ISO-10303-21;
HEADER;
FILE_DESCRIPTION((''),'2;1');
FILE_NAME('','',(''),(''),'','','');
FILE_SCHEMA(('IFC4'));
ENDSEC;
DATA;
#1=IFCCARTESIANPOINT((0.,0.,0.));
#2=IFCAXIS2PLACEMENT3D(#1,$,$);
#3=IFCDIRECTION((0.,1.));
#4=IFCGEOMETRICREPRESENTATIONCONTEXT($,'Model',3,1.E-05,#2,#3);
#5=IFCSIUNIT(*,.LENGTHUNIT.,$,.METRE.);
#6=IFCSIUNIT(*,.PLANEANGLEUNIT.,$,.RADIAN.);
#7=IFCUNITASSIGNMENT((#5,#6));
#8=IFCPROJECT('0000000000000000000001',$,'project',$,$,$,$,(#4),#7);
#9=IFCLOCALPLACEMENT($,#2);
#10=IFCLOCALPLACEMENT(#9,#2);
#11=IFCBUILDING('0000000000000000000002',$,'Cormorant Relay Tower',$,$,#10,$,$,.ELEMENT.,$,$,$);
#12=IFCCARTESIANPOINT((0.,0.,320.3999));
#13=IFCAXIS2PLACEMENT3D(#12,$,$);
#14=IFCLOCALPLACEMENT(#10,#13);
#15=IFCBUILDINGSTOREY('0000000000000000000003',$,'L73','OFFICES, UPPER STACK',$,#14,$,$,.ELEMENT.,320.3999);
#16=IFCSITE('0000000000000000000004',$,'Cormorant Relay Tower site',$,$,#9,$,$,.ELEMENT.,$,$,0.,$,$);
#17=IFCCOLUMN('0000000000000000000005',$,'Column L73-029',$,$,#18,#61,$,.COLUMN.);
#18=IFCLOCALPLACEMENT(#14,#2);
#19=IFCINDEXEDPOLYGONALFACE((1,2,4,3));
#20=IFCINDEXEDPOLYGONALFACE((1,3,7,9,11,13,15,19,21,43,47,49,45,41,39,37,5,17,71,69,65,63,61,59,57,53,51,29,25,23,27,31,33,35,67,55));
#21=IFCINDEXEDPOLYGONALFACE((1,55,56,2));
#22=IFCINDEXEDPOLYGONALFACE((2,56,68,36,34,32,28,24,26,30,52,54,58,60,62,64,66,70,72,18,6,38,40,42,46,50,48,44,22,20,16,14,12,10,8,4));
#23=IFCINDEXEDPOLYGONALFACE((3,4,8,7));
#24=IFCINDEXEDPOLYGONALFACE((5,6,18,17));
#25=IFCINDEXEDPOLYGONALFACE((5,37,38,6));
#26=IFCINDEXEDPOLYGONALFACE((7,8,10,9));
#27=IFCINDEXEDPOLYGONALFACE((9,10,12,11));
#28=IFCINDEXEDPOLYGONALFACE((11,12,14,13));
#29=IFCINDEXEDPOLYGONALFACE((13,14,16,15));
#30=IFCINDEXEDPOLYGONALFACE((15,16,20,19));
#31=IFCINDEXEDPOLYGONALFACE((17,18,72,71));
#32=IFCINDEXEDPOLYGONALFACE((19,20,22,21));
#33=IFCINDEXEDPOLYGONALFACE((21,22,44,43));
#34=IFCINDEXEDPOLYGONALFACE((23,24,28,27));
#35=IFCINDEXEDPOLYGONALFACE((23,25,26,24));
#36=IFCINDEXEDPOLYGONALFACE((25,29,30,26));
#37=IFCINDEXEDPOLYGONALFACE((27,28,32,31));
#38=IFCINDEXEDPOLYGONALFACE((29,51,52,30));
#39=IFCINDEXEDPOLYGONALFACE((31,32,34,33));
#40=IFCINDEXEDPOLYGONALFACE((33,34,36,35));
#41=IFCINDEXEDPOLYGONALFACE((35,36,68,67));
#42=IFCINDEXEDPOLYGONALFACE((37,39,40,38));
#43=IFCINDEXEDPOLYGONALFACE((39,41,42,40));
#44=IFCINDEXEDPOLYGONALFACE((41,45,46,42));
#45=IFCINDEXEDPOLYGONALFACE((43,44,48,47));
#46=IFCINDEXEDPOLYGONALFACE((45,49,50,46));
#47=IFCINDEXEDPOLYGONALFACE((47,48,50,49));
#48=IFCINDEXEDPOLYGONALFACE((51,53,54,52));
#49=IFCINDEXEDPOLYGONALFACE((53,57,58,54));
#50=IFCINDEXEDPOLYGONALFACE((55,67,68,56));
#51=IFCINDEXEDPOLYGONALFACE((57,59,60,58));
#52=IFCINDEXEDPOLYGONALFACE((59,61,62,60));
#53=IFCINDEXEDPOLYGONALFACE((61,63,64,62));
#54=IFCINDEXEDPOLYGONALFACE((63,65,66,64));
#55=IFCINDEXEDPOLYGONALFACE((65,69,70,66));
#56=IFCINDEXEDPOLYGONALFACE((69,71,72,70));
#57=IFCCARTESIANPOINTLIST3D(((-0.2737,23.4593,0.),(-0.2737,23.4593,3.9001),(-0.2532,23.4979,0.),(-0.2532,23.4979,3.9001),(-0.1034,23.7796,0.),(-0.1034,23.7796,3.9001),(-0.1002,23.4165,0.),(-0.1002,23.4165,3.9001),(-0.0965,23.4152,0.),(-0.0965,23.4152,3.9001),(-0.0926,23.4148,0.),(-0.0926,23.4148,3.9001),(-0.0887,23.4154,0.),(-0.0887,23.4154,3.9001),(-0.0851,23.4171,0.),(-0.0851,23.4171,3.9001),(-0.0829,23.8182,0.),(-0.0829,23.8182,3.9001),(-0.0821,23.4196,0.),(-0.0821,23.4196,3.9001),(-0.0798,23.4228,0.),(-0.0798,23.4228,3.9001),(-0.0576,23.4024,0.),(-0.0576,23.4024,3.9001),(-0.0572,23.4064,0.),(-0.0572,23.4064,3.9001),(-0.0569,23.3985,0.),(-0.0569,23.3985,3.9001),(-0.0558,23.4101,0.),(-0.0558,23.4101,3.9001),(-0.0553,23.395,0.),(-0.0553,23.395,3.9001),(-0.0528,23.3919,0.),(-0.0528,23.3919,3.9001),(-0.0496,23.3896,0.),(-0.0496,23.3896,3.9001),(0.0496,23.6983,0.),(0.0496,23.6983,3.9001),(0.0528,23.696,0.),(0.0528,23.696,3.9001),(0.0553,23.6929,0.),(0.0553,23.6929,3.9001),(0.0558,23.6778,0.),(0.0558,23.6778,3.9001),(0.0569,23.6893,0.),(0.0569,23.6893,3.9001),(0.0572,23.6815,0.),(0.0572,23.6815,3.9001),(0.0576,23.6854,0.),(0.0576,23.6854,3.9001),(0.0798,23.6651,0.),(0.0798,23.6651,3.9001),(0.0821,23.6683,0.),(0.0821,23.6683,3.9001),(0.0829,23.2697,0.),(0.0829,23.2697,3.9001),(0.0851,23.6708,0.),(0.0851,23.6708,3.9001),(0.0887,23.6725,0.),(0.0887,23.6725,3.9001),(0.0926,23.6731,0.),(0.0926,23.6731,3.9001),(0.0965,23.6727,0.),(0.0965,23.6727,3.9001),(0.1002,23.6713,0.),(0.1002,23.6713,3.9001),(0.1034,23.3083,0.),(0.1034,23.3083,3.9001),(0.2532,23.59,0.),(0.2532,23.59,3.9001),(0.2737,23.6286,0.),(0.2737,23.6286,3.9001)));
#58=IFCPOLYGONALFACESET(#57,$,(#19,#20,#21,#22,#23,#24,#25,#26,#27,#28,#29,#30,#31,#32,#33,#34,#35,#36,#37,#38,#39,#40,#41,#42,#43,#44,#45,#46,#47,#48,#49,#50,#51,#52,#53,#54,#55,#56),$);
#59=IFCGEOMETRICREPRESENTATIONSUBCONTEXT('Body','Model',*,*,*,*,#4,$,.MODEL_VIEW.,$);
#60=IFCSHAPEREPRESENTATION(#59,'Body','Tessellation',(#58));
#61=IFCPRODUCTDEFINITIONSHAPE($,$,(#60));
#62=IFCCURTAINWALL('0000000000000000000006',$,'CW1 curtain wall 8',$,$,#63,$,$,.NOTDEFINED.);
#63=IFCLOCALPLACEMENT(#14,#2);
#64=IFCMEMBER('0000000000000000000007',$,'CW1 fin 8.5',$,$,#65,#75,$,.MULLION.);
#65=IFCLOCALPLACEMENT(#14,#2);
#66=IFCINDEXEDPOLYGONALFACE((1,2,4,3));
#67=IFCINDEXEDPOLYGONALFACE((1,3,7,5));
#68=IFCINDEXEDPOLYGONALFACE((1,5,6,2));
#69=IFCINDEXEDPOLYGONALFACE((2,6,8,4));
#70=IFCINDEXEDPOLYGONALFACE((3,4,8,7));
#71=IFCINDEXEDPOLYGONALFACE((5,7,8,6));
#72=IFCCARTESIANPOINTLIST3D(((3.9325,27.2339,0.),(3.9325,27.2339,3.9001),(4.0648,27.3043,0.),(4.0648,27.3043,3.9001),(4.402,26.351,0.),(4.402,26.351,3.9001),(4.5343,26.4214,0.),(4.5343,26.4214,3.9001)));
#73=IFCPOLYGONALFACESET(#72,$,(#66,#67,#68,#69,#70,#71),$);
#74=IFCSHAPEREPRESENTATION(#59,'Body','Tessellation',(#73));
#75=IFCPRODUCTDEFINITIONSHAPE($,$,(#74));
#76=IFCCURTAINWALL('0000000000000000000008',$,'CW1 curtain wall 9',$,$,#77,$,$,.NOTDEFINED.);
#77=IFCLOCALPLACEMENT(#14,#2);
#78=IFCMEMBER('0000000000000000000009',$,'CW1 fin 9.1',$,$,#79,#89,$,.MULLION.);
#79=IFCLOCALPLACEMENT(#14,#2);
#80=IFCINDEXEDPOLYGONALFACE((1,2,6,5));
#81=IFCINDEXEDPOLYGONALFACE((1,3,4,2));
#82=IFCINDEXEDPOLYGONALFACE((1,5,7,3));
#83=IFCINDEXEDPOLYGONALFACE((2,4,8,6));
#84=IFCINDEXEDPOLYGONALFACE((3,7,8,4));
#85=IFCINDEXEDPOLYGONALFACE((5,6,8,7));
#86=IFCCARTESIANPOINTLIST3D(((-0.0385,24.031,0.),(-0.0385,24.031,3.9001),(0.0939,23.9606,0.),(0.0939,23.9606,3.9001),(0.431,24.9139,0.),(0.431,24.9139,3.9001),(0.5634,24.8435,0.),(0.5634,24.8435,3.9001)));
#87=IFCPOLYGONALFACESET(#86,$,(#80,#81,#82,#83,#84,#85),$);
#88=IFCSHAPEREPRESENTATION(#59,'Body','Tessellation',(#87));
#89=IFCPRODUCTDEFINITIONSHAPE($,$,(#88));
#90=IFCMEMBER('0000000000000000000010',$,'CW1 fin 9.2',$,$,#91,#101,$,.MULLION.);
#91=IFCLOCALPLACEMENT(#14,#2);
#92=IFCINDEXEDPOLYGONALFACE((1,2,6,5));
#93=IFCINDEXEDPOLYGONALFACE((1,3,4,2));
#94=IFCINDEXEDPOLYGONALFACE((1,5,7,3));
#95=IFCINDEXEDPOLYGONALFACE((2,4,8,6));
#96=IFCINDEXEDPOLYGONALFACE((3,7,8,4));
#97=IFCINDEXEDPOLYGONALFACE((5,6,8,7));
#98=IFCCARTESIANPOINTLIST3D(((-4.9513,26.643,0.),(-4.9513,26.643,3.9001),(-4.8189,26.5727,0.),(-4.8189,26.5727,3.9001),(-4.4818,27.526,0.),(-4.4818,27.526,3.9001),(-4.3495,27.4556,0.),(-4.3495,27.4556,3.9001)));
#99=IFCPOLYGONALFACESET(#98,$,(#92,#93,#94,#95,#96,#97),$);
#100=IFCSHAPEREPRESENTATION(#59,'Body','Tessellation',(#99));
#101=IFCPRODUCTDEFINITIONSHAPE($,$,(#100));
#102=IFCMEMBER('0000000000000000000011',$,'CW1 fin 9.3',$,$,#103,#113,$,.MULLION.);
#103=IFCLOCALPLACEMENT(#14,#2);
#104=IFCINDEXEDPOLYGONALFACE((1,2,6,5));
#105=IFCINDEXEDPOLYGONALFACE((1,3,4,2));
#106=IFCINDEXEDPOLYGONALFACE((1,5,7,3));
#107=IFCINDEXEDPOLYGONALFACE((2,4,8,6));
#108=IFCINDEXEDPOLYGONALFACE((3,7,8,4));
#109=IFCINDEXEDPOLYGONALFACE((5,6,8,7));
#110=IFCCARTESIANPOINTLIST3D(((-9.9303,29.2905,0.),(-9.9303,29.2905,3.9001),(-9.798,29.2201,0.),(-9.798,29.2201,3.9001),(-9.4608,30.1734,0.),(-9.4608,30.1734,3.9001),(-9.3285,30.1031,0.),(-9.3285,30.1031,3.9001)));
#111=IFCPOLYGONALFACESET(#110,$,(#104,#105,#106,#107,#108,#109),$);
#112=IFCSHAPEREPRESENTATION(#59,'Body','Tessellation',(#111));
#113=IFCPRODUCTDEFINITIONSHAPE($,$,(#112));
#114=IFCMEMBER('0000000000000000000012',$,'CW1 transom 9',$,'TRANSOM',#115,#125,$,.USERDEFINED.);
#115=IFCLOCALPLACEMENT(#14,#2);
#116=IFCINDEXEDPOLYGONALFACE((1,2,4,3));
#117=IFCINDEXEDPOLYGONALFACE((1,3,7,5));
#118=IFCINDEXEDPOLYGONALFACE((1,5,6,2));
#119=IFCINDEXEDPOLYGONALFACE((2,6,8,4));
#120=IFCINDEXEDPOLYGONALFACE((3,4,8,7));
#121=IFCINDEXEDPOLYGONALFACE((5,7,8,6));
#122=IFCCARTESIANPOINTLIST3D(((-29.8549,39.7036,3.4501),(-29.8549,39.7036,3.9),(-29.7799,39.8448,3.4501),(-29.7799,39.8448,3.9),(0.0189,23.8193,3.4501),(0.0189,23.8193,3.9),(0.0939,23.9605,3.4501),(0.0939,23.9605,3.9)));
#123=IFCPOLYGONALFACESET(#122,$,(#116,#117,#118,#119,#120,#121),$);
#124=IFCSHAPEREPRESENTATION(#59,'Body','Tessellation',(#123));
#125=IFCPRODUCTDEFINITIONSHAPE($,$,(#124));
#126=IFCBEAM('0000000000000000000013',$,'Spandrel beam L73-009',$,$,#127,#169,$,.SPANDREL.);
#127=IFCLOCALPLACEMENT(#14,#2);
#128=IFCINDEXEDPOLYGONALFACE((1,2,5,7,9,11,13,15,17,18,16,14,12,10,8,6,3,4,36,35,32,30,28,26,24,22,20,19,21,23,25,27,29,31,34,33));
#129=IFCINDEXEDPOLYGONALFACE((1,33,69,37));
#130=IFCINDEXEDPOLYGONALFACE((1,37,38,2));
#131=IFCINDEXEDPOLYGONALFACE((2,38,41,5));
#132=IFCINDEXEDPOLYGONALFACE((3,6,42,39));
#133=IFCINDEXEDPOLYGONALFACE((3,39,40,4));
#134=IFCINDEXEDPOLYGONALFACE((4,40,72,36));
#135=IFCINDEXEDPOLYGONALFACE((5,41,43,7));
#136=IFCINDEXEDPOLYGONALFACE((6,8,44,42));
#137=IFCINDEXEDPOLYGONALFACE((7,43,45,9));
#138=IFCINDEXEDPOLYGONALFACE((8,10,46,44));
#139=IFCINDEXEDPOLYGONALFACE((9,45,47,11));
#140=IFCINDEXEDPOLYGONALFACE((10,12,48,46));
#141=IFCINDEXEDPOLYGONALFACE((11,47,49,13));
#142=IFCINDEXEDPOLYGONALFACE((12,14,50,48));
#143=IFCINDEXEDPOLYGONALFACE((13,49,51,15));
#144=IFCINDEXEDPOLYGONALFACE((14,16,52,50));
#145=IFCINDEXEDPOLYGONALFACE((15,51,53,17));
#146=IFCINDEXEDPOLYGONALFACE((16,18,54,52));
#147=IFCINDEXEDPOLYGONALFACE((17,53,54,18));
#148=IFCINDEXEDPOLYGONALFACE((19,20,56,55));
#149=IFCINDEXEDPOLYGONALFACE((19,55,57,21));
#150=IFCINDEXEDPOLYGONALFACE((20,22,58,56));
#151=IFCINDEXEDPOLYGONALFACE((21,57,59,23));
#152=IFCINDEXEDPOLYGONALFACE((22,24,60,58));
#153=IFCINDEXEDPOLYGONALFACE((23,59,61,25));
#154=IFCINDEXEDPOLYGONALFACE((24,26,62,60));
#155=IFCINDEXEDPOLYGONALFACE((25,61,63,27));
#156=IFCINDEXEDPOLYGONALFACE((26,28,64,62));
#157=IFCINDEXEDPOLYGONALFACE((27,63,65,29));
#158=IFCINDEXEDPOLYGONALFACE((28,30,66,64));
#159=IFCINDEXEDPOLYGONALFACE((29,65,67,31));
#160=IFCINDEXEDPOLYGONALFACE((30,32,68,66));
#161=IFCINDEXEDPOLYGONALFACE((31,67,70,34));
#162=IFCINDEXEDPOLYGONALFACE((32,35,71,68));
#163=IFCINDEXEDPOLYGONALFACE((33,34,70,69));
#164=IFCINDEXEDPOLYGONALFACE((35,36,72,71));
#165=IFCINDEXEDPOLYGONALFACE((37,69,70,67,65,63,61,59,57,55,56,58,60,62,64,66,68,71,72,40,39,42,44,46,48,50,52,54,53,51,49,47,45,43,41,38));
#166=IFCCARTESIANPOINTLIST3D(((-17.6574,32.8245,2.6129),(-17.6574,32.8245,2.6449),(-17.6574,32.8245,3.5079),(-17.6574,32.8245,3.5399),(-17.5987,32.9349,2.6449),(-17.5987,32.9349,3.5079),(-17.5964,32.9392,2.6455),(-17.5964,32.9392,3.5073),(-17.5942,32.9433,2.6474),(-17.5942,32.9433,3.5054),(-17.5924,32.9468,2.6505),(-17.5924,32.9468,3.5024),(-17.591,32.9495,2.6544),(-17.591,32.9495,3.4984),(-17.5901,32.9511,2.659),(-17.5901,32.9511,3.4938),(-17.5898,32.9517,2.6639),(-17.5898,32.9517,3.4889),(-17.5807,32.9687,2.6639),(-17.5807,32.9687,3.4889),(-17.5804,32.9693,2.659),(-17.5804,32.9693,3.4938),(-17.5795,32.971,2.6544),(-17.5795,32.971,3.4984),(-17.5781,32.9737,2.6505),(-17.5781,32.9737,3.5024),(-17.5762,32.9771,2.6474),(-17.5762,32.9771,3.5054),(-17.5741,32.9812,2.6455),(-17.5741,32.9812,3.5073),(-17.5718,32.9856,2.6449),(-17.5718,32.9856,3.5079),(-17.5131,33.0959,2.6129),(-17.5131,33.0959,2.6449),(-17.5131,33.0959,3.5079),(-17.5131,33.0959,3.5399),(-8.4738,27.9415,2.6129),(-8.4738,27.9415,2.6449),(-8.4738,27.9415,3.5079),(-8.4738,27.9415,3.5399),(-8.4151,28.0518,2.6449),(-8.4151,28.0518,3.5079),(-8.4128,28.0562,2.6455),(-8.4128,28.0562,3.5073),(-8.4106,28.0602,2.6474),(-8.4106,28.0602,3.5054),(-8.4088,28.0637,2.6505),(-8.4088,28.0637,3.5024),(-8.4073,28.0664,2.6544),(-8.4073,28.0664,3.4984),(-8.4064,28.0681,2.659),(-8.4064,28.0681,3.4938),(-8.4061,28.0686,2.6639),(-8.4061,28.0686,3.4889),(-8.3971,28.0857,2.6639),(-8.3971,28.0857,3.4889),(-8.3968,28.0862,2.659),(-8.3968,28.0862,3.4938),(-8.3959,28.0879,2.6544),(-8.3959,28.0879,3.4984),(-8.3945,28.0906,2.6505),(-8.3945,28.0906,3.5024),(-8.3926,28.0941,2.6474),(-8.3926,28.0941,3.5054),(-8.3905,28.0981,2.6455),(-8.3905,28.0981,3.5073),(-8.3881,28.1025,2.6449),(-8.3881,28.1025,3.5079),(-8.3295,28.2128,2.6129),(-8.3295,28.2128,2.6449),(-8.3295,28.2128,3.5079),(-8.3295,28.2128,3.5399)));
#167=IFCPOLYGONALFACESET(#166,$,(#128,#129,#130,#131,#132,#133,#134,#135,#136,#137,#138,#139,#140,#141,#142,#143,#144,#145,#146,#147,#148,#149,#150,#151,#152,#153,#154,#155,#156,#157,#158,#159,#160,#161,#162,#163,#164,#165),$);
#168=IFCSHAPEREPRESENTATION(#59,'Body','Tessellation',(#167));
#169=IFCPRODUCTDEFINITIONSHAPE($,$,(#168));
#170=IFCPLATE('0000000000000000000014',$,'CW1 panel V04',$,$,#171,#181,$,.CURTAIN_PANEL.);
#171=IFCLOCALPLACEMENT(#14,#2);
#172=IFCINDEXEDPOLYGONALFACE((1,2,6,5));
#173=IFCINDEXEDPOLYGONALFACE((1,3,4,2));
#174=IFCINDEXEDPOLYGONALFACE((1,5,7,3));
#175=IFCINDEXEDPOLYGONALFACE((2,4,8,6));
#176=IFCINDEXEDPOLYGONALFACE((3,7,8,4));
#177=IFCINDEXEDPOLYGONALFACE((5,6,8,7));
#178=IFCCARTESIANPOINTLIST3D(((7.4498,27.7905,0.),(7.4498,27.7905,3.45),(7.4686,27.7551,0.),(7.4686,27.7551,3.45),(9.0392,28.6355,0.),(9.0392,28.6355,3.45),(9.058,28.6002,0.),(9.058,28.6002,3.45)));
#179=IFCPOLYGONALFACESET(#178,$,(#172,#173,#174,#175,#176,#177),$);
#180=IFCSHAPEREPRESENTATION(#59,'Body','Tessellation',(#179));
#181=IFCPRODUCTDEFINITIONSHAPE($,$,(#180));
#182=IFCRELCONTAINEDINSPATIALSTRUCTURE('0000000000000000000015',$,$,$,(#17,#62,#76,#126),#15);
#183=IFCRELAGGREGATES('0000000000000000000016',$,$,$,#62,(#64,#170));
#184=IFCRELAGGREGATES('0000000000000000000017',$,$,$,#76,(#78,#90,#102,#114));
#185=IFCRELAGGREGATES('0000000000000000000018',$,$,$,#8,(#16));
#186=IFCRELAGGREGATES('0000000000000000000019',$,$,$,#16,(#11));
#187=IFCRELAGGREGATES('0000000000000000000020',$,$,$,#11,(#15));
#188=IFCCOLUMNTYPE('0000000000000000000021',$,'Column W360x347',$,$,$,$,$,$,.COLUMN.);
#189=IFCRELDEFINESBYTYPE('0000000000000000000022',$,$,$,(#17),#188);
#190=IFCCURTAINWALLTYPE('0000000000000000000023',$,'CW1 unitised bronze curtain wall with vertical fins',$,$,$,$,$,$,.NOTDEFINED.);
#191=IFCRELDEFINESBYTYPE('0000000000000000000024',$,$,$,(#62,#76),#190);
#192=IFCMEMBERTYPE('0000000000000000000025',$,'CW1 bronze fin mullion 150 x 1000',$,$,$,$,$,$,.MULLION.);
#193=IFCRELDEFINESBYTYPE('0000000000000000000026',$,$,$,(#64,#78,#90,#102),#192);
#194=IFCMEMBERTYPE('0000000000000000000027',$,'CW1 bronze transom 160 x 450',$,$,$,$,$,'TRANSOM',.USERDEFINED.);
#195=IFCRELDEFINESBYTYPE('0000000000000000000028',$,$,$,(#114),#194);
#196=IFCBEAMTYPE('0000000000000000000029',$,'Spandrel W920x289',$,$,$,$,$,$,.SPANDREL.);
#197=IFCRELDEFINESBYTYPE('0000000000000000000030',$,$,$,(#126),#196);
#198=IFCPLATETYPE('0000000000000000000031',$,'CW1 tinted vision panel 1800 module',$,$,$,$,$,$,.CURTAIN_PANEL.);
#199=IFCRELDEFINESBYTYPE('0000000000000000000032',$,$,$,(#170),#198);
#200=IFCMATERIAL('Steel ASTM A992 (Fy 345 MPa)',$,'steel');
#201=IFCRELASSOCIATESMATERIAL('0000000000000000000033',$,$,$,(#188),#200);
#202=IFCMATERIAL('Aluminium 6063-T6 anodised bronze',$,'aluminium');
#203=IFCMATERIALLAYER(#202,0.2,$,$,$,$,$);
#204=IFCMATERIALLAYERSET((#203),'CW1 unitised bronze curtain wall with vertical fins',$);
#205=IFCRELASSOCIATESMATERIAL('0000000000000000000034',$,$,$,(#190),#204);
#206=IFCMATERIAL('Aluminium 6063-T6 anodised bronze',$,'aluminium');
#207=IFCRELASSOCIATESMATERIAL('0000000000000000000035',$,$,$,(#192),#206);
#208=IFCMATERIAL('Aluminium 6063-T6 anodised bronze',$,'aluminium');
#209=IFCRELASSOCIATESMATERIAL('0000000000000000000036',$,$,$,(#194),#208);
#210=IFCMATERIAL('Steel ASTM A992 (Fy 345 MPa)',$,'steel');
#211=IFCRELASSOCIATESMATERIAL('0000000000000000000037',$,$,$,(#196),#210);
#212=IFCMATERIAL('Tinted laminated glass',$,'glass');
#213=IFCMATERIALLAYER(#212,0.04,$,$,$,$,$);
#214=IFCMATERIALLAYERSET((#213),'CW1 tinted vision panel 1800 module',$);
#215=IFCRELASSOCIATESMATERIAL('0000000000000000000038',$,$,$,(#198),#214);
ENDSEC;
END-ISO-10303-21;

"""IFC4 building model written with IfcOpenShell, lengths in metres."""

from ifc_helpers import new_model, si_unit, direction, frame, origin, origin_2d, place, context, subcontext, project, spatial, rectangle, i_section, extrude, material, layer, layer_set, material_profile, profile_set, type_object, element, aggregate, save


model = new_model("IFC4")

# Units and contexts
model_context = context("Model", 3, precision=1e-05, world=origin(), true_north=direction((0.0, 1.0)))
body_context = subcontext(model_context, "Body", "Model", "MODEL_VIEW")
ifc_project = project(units=[si_unit("LENGTHUNIT", "METRE"), si_unit("PLANEANGLEUNIT", "RADIAN")], contexts=[model_context])

# Site, building, storey
site_placement = place(None, origin())
site = spatial("IfcSite", under=ifc_project, at=site_placement, Name="Cormorant Relay Tower site", CompositionType="ELEMENT", RefElevation=0.0)
building_placement = place(site_placement, origin())
building = spatial("IfcBuilding", under=site, at=building_placement, Name="Cormorant Relay Tower", CompositionType="ELEMENT")
storey_placement = place(building_placement, frame((0.0, 0.0, 320.3999)))
storey = spatial("IfcBuildingStorey", under=building, at=storey_placement, Name="L73", Description="OFFICES, UPPER STACK", CompositionType="ELEMENT", Elevation=320.3999)

# Column
ifc_material_1 = material(Name="Steel ASTM A992 (Fy 345 MPa)", Category="steel")
ifc_material_profile_1 = material_profile(ifc_material_1, i_section(OverallWidth=0.4038, OverallDepth=0.4065, WebThickness=0.0271, FlangeThickness=0.0437, FilletRadius=0.0151, at=origin_2d()), Name="W360x347")
ifc_profile_set_1 = profile_set([ifc_material_profile_1], Name="Steel ASTM A992 (Fy 345 MPa)")
column_type_1 = type_object("IfcColumnType", Name="Column W360x347", PredefinedType="COLUMN", material=ifc_profile_set_1)
column_1_placement = place(storey_placement, frame((0.0, 23.5439, 0.0), z_axis=(0.0, 0.0, 1.0), x_axis=(-0.882948, 0.469472, 0.0)))
element("IfcColumn", 1, at=column_1_placement, inside=storey, type_object=column_type_1, Name="Column L73-029", PredefinedType="COLUMN", context=body_context, shape_type="SweptSolid", body=[
    extrude(i_section(OverallWidth=0.4038, OverallDepth=0.4065, WebThickness=0.0271, FlangeThickness=0.0437, FilletRadius=0.0151, at=origin_2d()), origin(), (0.0, 0.0, 1.0), 3.9001),
])

# Curtain wall, member
ifc_material_2 = material(Name="Aluminium 6063-T6 anodised bronze", Category="aluminium")
ifc_layer_1 = layer(ifc_material_2, 0.2)
ifc_layer_set_1 = layer_set([ifc_layer_1], Name="CW1 unitised bronze curtain wall with vertical fins")
curtain_wall_type = type_object("IfcCurtainWallType", Name="CW1 unitised bronze curtain wall with vertical fins", PredefinedType="NOTDEFINED", material=ifc_layer_set_1)
curtain_wall_1_placement = place(storey_placement, origin())
curtain_wall_1 = element("IfcCurtainWall", 2, at=curtain_wall_1_placement, inside=storey, type_object=curtain_wall_type, Name="CW1 curtain wall 8", PredefinedType="NOTDEFINED")
ifc_material_3 = material(Name="Aluminium 6063-T6 anodised bronze", Category="aluminium")
ifc_material_profile_2 = material_profile(ifc_material_3, rectangle(XDim=0.1499, YDim=1.0, at=origin_2d()), Name="AL 150x1000")
ifc_profile_set_2 = profile_set([ifc_material_profile_2], Name="Aluminium 6063-T6 anodised bronze")
member_type_1 = type_object("IfcMemberType", Name="CW1 bronze fin mullion 150 x 1000", PredefinedType="MULLION", material=ifc_profile_set_2)
member_1_placement = place(storey_placement, frame((4.2334, 26.8276, 0.0), z_axis=(0.0, 0.0, 1.0), x_axis=(-0.882948, -0.469472, 0.0)))
member_1 = element("IfcMember", 3, at=member_1_placement, type_object=member_type_1, Name="CW1 fin 8.5", PredefinedType="MULLION", context=body_context, shape_type="SweptSolid", body=[
    extrude(rectangle(XDim=0.1499, YDim=1.0, at=origin_2d()), origin(), (0.0, 0.0, 1.0), 3.9001),
])

# Curtain wall, members
curtain_wall_2_placement = place(storey_placement, origin())
curtain_wall_2 = element("IfcCurtainWall", 4, at=curtain_wall_2_placement, inside=storey, type_object=curtain_wall_type, Name="CW1 curtain wall 9", PredefinedType="NOTDEFINED")
member_2_placement = place(storey_placement, frame((0.2625, 24.4373, 0.0), z_axis=(0.0, 0.0, 1.0), x_axis=(-0.882948, 0.469472, 0.0)))
member_2 = element("IfcMember", 5, at=member_2_placement, type_object=member_type_1, Name="CW1 fin 9.1", PredefinedType="MULLION", context=body_context, shape_type="SweptSolid", body=[
    extrude(rectangle(XDim=0.1499, YDim=1.0, at=origin_2d()), origin(), (0.0, 0.0, 1.0), 3.9001),
])
member_3_placement = place(storey_placement, frame((-4.6504, 27.0493, 0.0), z_axis=(0.0, 0.0, 1.0), x_axis=(-0.882948, 0.469472, 0.0)))
member_3 = element("IfcMember", 6, at=member_3_placement, type_object=member_type_1, Name="CW1 fin 9.2", PredefinedType="MULLION", context=body_context, shape_type="SweptSolid", body=[
    extrude(rectangle(XDim=0.1499, YDim=1.0, at=origin_2d()), origin(), (0.0, 0.0, 1.0), 3.9001),
])
member_4_placement = place(storey_placement, frame((-9.6294, 29.6968, 0.0), z_axis=(0.0, 0.0, 1.0), x_axis=(-0.882948, 0.469472, 0.0)))
member_4 = element("IfcMember", 7, at=member_4_placement, type_object=member_type_1, Name="CW1 fin 9.3", PredefinedType="MULLION", context=body_context, shape_type="SweptSolid", body=[
    extrude(rectangle(XDim=0.1499, YDim=1.0, at=origin_2d()), origin(), (0.0, 0.0, 1.0), 3.9001),
])
ifc_material_4 = material(Name="Aluminium 6063-T6 anodised bronze", Category="aluminium")
ifc_material_profile_3 = material_profile(ifc_material_4, rectangle(XDim=0.1599, YDim=0.45, at=origin_2d()), Name="AL 160x450")
ifc_profile_set_3 = profile_set([ifc_material_profile_3], Name="Aluminium 6063-T6 anodised bronze")
member_type_2 = type_object("IfcMemberType", Name="CW1 bronze transom 160 x 450", ElementType="TRANSOM", PredefinedType="USERDEFINED", material=ifc_profile_set_3)
member_5_placement = place(storey_placement, frame((0.0564, 23.8899, 3.675), z_axis=(-0.882946, 0.469474, 0.0), x_axis=(-0.469474, -0.882946, 0.0)))
member_5 = element("IfcMember", 8, at=member_5_placement, type_object=member_type_2, Name="CW1 transom 9", ObjectType="TRANSOM", PredefinedType="USERDEFINED", context=body_context, shape_type="SweptSolid", body=[
    extrude(rectangle(XDim=0.1599, YDim=0.45, at=origin_2d()), origin(), (0.0, 0.0, 1.0), 33.8342),
])

# Beam
ifc_material_5 = material(Name="Steel ASTM A992 (Fy 345 MPa)", Category="steel")
ifc_material_profile_4 = material_profile(ifc_material_5, i_section(OverallWidth=0.3074, OverallDepth=0.927, WebThickness=0.0193, FlangeThickness=0.032, FilletRadius=0.019, at=origin_2d()), Name="W920x289")
ifc_profile_set_4 = profile_set([ifc_material_profile_4], Name="Steel ASTM A992 (Fy 345 MPa)")
beam_type = type_object("IfcBeamType", Name="Spandrel W920x289", PredefinedType="SPANDREL", material=ifc_profile_set_4)
beam_placement = place(storey_placement, frame((-8.4016, 28.0771, 3.0764), z_axis=(-0.882945, 0.469476, 0.0), x_axis=(-0.469476, -0.882945, 0.0)))
element("IfcBeam", 9, at=beam_placement, inside=storey, type_object=beam_type, Name="Spandrel beam L73-009", PredefinedType="SPANDREL", context=body_context, shape_type="SweptSolid", body=[
    extrude(i_section(OverallWidth=0.3074, OverallDepth=0.927, WebThickness=0.0193, FlangeThickness=0.032, FilletRadius=0.019, at=origin_2d()), origin(), (0.0, 0.0, 1.0), 10.4011),
])

# Plate
ifc_material_6 = material(Name="Tinted laminated glass", Category="glass")
ifc_layer_2 = layer(ifc_material_6, 0.04)
ifc_layer_set_2 = layer_set([ifc_layer_2], Name="CW1 tinted vision panel 1800 module")
plate_type_1 = type_object("IfcPlateType", Name="CW1 tinted vision panel 1800 module", PredefinedType="CURTAIN_PANEL", material=ifc_layer_set_2)
plate_1_placement = place(storey_placement, frame((8.2539, 28.1953, 0.0), z_axis=(0.0, 0.0, 1.0), x_axis=(-0.882948, -0.469472, 0.0)))
plate_1 = element("IfcPlate", 10, at=plate_1_placement, type_object=plate_type_1, Name="CW1 panel V04", PredefinedType="CURTAIN_PANEL", context=body_context, shape_type="SweptSolid", body=[
    extrude(rectangle(XDim=1.8, YDim=0.04, at=origin_2d()), origin(), (0.0, 0.0, 1.0), 3.45),
])

aggregate(curtain_wall_1, [member_1, plate_1])
aggregate(curtain_wall_2, [member_2, member_3, member_4, member_5])

save(model, "model.ifc")
